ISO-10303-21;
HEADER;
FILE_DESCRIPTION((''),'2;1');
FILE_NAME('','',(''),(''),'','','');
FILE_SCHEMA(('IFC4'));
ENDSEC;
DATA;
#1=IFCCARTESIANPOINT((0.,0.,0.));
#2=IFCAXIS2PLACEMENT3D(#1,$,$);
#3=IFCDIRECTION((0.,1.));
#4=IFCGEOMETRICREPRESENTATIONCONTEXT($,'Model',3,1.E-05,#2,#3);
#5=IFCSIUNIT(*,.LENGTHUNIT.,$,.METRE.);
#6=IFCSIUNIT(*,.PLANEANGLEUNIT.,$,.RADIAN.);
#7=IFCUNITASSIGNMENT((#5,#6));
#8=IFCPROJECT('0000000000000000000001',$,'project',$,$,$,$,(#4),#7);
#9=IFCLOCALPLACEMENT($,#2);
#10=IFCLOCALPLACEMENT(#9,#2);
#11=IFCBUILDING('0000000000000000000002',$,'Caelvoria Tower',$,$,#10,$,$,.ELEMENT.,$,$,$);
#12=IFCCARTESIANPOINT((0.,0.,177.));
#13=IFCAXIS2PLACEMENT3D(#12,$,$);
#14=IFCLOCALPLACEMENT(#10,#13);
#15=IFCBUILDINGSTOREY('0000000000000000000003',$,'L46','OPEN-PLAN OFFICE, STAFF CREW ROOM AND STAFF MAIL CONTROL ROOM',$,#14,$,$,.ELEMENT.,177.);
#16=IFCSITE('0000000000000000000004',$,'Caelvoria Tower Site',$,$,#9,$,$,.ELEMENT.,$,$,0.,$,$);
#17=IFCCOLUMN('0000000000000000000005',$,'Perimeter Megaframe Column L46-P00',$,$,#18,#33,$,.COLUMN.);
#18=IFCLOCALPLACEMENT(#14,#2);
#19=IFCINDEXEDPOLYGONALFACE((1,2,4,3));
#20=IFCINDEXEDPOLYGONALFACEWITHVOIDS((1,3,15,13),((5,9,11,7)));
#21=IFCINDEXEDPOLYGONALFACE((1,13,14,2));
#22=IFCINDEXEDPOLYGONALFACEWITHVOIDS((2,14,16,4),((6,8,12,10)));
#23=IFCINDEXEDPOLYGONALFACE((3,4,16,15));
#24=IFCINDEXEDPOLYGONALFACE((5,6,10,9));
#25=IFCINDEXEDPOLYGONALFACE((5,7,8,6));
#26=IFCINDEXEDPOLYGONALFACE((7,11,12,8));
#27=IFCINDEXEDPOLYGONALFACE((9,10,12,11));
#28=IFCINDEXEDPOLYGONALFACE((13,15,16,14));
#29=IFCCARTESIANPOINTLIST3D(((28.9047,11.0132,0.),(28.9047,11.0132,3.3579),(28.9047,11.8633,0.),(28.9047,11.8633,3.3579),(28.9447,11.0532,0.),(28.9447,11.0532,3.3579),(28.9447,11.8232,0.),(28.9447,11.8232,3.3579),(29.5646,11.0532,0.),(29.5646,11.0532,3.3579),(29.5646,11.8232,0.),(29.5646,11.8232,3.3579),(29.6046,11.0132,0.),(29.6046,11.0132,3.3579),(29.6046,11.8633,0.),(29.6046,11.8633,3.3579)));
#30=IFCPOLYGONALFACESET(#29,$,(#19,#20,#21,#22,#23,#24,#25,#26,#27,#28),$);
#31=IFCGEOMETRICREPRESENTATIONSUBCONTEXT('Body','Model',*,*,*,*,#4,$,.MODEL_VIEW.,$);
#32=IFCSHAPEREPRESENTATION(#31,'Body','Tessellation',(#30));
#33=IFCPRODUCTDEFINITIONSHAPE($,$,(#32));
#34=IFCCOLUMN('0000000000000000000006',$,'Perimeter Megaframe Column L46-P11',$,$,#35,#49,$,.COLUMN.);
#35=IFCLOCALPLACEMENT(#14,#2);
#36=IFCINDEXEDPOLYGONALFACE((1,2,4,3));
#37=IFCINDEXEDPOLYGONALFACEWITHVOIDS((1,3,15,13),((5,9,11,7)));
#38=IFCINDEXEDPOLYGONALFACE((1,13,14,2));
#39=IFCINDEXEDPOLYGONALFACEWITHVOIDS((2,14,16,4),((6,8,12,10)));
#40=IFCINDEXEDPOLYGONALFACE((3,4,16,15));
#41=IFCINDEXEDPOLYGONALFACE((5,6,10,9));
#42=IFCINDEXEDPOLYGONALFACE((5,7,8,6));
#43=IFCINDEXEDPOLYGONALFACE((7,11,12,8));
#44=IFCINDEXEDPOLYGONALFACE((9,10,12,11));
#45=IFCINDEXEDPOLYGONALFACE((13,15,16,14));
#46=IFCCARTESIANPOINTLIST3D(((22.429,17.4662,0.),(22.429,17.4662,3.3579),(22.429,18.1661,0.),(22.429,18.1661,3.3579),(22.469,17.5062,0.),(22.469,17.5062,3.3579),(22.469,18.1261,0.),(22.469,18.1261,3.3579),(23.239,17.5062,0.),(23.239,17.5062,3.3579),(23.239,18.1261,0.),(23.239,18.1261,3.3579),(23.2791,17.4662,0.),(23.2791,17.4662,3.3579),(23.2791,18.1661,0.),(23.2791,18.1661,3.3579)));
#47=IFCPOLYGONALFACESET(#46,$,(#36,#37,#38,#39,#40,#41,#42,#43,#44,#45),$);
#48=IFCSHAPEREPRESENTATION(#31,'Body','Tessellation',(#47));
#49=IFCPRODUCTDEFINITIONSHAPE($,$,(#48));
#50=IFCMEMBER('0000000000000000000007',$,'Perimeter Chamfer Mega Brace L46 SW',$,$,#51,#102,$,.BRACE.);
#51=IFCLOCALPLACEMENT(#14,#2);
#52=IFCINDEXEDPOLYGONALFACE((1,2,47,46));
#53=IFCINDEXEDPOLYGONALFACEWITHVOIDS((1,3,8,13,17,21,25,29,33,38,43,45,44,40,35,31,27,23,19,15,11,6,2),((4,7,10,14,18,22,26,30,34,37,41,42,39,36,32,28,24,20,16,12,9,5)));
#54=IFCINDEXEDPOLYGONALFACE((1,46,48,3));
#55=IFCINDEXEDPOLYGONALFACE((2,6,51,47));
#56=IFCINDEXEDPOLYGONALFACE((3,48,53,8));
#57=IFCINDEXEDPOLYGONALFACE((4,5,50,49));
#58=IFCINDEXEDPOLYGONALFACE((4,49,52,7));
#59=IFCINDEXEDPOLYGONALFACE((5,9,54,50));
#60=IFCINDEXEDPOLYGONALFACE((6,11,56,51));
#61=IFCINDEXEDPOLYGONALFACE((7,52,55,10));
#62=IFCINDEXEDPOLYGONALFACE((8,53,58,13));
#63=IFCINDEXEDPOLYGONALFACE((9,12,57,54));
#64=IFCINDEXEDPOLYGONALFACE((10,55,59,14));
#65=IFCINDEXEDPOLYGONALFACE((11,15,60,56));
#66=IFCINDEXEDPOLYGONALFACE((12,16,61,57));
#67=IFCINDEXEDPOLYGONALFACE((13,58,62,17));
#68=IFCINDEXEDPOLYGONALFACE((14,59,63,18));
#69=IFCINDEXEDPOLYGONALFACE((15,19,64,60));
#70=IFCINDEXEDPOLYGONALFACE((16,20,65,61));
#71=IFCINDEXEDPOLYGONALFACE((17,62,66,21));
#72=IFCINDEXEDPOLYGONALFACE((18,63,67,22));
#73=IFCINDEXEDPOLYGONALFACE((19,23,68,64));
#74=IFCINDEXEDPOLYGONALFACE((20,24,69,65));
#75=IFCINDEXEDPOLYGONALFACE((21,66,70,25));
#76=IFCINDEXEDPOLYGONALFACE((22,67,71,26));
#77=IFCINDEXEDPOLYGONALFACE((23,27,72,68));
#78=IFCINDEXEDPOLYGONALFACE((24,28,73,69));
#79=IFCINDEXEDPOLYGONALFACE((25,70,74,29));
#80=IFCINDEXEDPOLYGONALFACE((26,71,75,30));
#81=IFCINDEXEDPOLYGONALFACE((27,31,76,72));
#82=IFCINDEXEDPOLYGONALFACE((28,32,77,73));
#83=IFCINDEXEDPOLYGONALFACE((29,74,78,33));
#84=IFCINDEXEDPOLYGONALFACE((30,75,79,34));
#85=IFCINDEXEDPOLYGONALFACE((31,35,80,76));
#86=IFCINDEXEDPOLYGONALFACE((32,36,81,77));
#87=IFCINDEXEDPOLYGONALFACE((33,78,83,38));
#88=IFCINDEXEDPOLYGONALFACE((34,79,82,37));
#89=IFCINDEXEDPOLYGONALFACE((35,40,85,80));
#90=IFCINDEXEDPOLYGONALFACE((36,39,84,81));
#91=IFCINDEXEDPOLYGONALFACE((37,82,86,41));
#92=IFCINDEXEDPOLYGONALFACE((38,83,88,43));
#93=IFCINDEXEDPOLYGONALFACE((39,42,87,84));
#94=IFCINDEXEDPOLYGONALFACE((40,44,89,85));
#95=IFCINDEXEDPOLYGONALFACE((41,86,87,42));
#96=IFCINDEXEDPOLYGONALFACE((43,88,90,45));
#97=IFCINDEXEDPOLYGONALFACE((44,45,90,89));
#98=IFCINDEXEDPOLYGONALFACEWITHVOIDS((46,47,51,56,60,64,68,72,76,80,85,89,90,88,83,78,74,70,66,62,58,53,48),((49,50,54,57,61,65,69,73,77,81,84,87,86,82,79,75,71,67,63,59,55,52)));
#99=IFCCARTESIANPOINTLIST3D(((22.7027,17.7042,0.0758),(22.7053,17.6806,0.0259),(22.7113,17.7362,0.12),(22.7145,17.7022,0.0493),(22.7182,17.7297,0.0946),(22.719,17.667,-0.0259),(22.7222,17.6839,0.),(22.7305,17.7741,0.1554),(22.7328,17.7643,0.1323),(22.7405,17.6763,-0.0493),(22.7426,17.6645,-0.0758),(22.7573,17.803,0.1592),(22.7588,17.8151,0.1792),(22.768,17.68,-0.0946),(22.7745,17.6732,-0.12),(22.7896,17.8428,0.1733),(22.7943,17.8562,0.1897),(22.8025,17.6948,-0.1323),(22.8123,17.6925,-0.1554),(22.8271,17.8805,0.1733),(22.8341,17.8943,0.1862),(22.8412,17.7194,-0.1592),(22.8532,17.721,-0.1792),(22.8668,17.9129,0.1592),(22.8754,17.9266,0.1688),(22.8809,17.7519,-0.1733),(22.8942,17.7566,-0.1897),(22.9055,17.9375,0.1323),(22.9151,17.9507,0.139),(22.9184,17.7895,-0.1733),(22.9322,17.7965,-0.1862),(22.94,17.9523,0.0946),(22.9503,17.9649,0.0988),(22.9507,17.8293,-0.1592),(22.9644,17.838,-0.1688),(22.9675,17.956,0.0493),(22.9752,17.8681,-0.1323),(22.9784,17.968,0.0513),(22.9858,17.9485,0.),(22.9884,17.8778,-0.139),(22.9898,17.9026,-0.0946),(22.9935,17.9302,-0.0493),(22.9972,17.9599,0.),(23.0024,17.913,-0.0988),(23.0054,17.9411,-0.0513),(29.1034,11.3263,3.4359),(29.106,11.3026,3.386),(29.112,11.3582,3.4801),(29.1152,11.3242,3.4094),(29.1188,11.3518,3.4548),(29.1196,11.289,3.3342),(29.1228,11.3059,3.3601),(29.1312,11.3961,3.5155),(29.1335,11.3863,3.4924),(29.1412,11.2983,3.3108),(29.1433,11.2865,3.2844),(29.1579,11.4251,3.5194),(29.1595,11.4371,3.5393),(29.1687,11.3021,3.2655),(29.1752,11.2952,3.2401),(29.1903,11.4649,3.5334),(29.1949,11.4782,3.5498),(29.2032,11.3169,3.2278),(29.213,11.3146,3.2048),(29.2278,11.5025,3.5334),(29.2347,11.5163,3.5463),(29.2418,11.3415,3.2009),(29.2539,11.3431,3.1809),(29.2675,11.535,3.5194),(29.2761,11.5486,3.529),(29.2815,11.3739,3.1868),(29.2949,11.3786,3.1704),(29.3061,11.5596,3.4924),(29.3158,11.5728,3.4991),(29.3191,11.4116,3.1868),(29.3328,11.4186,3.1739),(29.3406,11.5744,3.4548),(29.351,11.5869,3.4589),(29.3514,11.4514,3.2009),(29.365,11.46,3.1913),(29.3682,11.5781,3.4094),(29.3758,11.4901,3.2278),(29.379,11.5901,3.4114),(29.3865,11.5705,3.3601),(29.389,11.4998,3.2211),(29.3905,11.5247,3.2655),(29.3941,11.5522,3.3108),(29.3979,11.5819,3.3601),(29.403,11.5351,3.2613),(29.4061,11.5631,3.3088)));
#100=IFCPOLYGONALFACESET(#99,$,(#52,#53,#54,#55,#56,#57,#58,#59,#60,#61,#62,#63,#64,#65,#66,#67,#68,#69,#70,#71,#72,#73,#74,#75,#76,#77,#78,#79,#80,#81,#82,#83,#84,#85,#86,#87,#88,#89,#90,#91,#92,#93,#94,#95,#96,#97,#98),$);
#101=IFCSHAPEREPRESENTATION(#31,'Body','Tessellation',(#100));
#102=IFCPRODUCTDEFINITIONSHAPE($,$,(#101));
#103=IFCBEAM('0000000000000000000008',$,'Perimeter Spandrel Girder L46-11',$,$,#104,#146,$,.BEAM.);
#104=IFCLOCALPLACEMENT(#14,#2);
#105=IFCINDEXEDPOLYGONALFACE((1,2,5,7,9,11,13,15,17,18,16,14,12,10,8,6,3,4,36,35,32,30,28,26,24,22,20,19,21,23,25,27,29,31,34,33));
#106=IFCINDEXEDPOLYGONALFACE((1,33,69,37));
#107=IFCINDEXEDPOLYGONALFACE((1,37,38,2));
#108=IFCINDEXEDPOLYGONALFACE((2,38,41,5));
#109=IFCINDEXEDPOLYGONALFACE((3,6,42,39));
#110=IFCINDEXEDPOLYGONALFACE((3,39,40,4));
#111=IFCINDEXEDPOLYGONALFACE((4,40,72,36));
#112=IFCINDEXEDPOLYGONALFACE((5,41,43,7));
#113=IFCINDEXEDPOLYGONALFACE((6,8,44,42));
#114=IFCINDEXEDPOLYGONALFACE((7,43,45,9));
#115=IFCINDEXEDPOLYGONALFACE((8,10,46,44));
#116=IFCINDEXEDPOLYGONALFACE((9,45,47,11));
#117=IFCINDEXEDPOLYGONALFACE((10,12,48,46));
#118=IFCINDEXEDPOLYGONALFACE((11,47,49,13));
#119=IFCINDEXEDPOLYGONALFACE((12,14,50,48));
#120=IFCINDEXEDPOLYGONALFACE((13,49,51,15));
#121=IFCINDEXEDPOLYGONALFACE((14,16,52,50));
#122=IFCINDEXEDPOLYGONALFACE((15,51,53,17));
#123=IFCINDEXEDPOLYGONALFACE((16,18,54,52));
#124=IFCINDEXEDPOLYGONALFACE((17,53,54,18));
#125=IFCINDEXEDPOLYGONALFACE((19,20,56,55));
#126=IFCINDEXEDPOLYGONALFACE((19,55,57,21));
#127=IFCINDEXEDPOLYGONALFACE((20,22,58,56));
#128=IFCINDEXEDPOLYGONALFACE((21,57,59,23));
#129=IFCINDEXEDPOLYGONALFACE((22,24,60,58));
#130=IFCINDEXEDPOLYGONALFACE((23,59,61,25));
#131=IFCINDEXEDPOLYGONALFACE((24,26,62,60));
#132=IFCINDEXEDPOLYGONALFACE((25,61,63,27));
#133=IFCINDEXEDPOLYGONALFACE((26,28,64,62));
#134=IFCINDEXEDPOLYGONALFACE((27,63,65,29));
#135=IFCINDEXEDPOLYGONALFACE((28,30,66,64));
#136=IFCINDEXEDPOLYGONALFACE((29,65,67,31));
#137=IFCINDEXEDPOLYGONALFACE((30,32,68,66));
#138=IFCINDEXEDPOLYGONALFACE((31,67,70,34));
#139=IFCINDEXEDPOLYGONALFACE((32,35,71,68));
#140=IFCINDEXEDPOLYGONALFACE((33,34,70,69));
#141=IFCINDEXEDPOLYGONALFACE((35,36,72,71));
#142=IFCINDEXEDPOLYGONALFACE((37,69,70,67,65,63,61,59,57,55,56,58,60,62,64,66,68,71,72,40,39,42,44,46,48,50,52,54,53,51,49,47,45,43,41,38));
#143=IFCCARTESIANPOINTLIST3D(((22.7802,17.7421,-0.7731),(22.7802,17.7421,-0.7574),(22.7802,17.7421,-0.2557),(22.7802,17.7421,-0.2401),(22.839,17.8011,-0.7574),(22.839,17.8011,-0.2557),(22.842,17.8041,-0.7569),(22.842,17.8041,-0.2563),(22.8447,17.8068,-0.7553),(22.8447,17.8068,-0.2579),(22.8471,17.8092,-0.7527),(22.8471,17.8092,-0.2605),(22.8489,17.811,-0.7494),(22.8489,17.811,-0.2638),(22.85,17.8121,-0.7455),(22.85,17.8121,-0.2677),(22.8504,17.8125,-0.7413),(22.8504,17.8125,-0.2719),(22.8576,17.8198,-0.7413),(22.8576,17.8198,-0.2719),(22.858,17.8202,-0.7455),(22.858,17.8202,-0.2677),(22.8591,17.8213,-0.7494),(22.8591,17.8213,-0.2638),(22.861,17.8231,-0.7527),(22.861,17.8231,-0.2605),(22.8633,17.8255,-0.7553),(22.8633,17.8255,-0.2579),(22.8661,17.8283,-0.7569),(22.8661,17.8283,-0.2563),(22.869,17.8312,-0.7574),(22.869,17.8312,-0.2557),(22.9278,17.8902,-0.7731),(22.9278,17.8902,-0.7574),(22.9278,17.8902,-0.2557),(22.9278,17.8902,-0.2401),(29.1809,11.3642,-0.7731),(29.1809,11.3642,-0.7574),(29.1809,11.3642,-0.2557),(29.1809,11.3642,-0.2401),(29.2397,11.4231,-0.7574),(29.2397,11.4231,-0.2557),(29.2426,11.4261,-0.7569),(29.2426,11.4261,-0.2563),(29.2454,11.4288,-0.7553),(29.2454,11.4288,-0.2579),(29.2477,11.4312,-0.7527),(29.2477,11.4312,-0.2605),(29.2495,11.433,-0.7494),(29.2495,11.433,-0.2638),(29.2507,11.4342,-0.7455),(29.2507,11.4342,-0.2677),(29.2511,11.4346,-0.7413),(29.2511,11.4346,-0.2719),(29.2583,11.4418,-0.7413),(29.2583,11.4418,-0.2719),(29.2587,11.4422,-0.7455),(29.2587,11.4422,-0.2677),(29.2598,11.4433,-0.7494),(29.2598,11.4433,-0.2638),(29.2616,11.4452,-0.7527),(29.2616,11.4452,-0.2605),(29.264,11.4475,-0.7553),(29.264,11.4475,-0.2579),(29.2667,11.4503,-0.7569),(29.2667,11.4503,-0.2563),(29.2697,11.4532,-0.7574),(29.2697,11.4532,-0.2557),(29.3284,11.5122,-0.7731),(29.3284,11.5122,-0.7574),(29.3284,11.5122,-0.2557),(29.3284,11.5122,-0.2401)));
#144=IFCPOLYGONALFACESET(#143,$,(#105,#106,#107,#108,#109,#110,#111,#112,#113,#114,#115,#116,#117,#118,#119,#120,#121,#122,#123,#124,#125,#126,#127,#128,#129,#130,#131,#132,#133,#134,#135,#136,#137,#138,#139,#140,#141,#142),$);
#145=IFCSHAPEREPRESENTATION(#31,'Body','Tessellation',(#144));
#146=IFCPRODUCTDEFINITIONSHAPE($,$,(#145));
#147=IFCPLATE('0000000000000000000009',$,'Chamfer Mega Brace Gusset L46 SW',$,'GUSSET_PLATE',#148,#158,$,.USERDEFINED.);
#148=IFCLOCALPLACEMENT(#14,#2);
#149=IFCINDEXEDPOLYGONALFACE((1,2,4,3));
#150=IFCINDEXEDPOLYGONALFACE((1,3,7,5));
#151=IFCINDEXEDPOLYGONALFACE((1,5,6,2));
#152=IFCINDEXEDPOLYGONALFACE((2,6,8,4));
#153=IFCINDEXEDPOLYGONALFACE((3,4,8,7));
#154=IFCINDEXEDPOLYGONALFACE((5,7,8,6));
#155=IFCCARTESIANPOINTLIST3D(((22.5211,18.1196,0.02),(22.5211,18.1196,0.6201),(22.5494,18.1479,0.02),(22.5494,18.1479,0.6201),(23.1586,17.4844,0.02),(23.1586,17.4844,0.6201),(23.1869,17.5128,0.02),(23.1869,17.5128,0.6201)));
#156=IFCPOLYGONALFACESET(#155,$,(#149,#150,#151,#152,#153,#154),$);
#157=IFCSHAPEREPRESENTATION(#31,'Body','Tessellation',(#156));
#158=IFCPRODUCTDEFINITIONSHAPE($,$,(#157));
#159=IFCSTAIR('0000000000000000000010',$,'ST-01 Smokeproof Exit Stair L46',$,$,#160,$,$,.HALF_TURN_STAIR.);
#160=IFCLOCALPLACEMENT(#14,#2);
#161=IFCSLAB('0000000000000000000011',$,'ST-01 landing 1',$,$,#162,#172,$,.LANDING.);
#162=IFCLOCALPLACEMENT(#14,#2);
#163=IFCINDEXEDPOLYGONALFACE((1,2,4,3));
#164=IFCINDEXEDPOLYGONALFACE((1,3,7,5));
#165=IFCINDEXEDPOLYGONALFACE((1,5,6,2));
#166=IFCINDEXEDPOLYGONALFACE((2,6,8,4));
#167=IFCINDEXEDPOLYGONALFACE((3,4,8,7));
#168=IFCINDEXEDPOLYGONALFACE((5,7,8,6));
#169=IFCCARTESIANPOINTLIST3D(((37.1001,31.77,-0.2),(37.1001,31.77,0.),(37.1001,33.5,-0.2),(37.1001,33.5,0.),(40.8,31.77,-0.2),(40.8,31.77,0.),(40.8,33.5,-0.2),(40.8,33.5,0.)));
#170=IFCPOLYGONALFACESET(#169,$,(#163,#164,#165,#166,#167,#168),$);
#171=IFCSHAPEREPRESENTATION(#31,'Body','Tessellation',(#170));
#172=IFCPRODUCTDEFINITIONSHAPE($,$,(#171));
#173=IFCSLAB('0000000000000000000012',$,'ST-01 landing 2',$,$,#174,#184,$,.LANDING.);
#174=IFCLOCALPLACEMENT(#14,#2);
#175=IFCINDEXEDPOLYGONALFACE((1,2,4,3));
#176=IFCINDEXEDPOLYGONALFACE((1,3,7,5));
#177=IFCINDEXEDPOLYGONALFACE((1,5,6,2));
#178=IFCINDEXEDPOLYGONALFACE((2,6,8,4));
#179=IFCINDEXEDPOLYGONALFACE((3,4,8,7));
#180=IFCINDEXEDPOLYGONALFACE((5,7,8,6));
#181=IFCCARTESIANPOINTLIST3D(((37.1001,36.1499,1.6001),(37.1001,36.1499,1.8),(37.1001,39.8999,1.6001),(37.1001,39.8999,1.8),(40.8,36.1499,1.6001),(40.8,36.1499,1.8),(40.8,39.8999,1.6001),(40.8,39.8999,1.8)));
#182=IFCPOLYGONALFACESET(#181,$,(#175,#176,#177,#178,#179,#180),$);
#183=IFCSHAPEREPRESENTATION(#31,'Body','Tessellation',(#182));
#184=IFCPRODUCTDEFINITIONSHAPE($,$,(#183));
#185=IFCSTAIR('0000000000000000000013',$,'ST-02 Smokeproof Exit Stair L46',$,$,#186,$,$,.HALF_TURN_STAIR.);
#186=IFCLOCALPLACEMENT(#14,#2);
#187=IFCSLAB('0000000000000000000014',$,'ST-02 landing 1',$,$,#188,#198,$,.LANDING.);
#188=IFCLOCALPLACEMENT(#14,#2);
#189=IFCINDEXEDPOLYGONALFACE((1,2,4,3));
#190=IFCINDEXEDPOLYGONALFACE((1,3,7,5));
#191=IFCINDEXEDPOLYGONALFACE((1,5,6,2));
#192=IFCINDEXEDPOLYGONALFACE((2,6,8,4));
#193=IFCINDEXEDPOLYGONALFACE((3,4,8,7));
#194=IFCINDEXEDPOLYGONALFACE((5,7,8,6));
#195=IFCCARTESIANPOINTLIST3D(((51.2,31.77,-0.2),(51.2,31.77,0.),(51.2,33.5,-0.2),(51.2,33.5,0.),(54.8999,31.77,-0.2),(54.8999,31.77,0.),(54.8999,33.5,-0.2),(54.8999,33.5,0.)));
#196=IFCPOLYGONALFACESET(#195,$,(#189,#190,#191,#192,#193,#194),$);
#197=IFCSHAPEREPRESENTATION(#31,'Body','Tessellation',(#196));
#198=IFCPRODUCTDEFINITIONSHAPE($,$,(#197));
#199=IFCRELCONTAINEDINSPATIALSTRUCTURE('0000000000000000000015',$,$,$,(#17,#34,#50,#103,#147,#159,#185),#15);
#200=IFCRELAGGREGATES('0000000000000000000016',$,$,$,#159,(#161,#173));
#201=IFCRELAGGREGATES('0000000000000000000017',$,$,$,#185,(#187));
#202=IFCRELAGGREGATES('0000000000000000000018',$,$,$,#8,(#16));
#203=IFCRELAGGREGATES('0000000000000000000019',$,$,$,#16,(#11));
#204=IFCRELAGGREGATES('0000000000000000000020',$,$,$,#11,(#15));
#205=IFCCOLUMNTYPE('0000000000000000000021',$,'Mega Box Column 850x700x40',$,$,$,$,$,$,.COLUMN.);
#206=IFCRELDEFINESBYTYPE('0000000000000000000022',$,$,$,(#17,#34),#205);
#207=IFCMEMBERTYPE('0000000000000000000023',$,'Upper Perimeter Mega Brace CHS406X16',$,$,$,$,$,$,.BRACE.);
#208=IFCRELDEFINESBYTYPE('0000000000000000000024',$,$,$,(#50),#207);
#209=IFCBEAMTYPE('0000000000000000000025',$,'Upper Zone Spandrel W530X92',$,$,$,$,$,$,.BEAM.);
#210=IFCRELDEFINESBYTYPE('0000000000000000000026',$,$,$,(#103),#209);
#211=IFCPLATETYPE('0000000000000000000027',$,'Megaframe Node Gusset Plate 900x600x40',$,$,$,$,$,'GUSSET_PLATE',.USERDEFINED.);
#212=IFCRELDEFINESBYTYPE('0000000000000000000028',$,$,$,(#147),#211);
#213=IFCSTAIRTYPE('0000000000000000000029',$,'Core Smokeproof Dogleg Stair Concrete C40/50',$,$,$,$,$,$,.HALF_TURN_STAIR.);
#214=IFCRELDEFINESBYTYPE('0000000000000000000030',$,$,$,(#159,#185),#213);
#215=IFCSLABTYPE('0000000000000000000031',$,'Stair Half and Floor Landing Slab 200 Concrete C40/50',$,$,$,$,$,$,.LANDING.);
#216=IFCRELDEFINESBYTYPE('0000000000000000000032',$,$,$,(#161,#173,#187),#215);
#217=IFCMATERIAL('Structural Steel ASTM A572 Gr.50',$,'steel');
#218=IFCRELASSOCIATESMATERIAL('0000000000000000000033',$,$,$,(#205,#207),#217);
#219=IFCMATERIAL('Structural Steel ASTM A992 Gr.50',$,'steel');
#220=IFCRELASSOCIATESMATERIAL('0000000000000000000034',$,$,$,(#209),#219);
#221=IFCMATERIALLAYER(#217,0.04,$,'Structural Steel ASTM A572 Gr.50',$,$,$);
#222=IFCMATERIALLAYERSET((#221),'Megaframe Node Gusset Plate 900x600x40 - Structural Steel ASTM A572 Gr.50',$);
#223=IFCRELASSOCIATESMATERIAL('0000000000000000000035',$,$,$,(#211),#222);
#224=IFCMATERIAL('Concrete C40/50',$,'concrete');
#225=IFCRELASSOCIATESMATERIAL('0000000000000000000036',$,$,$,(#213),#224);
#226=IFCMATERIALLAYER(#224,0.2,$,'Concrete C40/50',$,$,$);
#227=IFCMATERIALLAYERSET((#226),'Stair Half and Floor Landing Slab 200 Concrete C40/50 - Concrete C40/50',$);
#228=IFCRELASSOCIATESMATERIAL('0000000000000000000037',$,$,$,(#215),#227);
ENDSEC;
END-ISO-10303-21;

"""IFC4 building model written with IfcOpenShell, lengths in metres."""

from ifc_helpers import new_model, si_unit, direction, frame, origin, origin_2d, place, context, subcontext, project, spatial, polyline, rectangle, hollow_rectangle, hollow_circle, i_section, outline, extrude, material, layer, layer_set, material_profile, profile_set, type_object, element, aggregate, save


model = new_model("IFC4")

# Units and contexts
model_context = context("Model", 3, precision=1e-05, world=origin(), true_north=direction((0.0, 1.0)))
body_context = subcontext(model_context, "Body", "Model", "MODEL_VIEW")
ifc_project = project(units=[si_unit("LENGTHUNIT", "METRE"), si_unit("PLANEANGLEUNIT", "RADIAN")], contexts=[model_context])

# Site, building, storey
site_placement = place(None, origin())
site = spatial("IfcSite", under=ifc_project, at=site_placement, Name="Caelvoria Tower Site", CompositionType="ELEMENT", RefElevation=0.0)
building_placement = place(site_placement, origin())
building = spatial("IfcBuilding", under=site, at=building_placement, Name="Caelvoria Tower", CompositionType="ELEMENT")
storey_placement = place(building_placement, frame((0.0, 0.0, 177.0)))
storey = spatial("IfcBuildingStorey", under=building, at=storey_placement, Name="L46", Description="OPEN-PLAN OFFICE, STAFF CREW ROOM AND STAFF MAIL CONTROL ROOM", CompositionType="ELEMENT", Elevation=177.0)

# Columns
ifc_material_1 = material(Name="Structural Steel ASTM A572 Gr.50", Category="steel")
ifc_material_profile_1 = material_profile(ifc_material_1, hollow_rectangle(XDim=0.7, YDim=0.8501, WallThickness=0.04, at=origin_2d()), Name="Structural Steel ASTM A572 Gr.50")
ifc_profile_set_1 = profile_set([ifc_material_profile_1], Name="BOX850X700X40 - Structural Steel ASTM A572 Gr.50")
column_type = type_object("IfcColumnType", Name="Mega Box Column 850x700x40", PredefinedType="COLUMN", material=ifc_profile_set_1)
for number, where, z_axis, x_axis, name in (
    (1, (29.2546, 11.4382, 0.0), (0.0, 0.0, 1.0), (1.0, 0.0, 0.0), "Perimeter Megaframe Column L46-P00"),
    (2, (22.854, 17.8162, 0.0), (0.0, 0.0, 1.0), (0.0, 1.0, 0.0), "Perimeter Megaframe Column L46-P11"),
):
    element("IfcColumn", number, at=place(storey_placement, frame(where, z_axis=z_axis, x_axis=x_axis)), inside=storey, type_object=column_type, Name=name, PredefinedType="COLUMN", context=body_context, shape_type="SweptSolid", body=[
        extrude(hollow_rectangle(XDim=0.7, YDim=0.8501, WallThickness=0.04, at=origin_2d()), origin(), (0.0, 0.0, 1.0), 3.3579),
    ])

# Member
ifc_material_profile_2 = material_profile(ifc_material_1, hollow_circle(Radius=0.2029, WallThickness=0.0161, at=origin_2d()), Name="Structural Steel ASTM A572 Gr.50")
ifc_profile_set_2 = profile_set([ifc_material_profile_2], Name="CHS406X16 - Structural Steel ASTM A572 Gr.50")
member_type = type_object("IfcMemberType", Name="Upper Perimeter Mega Brace CHS406X16", PredefinedType="BRACE", material=ifc_profile_set_2)
member_placement = place(storey_placement, frame((22.854, 17.8162, 0.0), z_axis=(0.663942, -0.661587, 0.348546), x_axis=(0.705849, 0.708362, 0.0)))
element("IfcMember", 3, at=member_placement, inside=storey, type_object=member_type, Name="Perimeter Chamfer Mega Brace L46 SW", PredefinedType="BRACE", context=body_context, shape_type="SweptSolid", body=[
    extrude(hollow_circle(Radius=0.2029, WallThickness=0.0161, at=origin_2d()), origin(), (0.0, 0.0, 1.0), 9.6404),
])

# Beam
ifc_material_2 = material(Name="Structural Steel ASTM A992 Gr.50", Category="steel")
ifc_material_profile_3 = material_profile(ifc_material_2, i_section(OverallWidth=0.209, OverallDepth=0.533, WebThickness=0.0103, FlangeThickness=0.0156, FilletRadius=0.0161, at=origin_2d()), Name="Structural Steel ASTM A992 Gr.50")
ifc_profile_set_3 = profile_set([ifc_material_profile_3], Name="W530X92 - Structural Steel ASTM A992 Gr.50")
beam_type = type_object("IfcBeamType", Name="Upper Zone Spandrel W530X92", PredefinedType="BEAM", material=ifc_profile_set_3)
beam_placement = place(storey_placement, frame((22.854, 17.8162, -0.5066), z_axis=(0.708362, -0.705849, 0.0), x_axis=(0.705849, 0.708362, 0.0)))
element("IfcBeam", 4, at=beam_placement, inside=storey, type_object=beam_type, Name="Perimeter Spandrel Girder L46-11", PredefinedType="BEAM", context=body_context, shape_type="SweptSolid", body=[
    extrude(i_section(OverallWidth=0.209, OverallDepth=0.533, WebThickness=0.0103, FlangeThickness=0.0156, FilletRadius=0.0161, at=origin_2d()), origin(), (0.0, 0.0, 1.0), 9.0359),
])

# Plate
ifc_layer_1 = layer(ifc_material_1, 0.04, Name="Structural Steel ASTM A572 Gr.50")
ifc_layer_set_1 = layer_set([ifc_layer_1], Name="Megaframe Node Gusset Plate 900x600x40 - Structural Steel ASTM A572 Gr.50")
plate_type = type_object("IfcPlateType", Name="Megaframe Node Gusset Plate 900x600x40", ElementType="GUSSET_PLATE", PredefinedType="USERDEFINED", material=ifc_layer_set_1)
plate_placement = place(storey_placement, frame((22.854, 17.8162, 0.02), z_axis=(0.0, 0.0, 1.0), x_axis=(0.708373, -0.705838, 0.0)))
element("IfcPlate", 5, at=plate_placement, inside=storey, type_object=plate_type, Name="Chamfer Mega Brace Gusset L46 SW", ObjectType="GUSSET_PLATE", PredefinedType="USERDEFINED", context=body_context, shape_type="SweptSolid", body=[
    extrude(rectangle(XDim=0.8999, YDim=0.04, at=origin_2d()), origin(), (0.0, 0.0, 1.0), 0.6001),
])

# Stairs, slabs
ifc_material_3 = material(Name="Concrete C40/50", Category="concrete")
stair_type = type_object("IfcStairType", Name="Core Smokeproof Dogleg Stair Concrete C40/50", PredefinedType="HALF_TURN_STAIR", material=ifc_material_3)
stair_1_placement = place(storey_placement, origin())
stair_1 = element("IfcStair", 6, at=stair_1_placement, inside=storey, type_object=stair_type, Name="ST-01 Smokeproof Exit Stair L46", PredefinedType="HALF_TURN_STAIR")
ifc_layer_2 = layer(ifc_material_3, 0.2, Name="Concrete C40/50")
ifc_layer_set_2 = layer_set([ifc_layer_2], Name="Stair Half and Floor Landing Slab 200 Concrete C40/50 - Concrete C40/50")
slab_type_1 = type_object("IfcSlabType", Name="Stair Half and Floor Landing Slab 200 Concrete C40/50", PredefinedType="LANDING", material=ifc_layer_set_2)
slab_1_placement = place(storey_placement, frame((0.0, 0.0, -0.2)))
slab_1 = element("IfcSlab", 7, at=slab_1_placement, type_object=slab_type_1, Name="ST-01 landing 1", PredefinedType="LANDING", context=body_context, shape_type="SweptSolid", body=[
    extrude(outline(polyline([(37.1001, 31.77), (40.8, 31.77), (40.8, 33.5), (37.1001, 33.5), (37.1001, 31.77)])), origin(), (0.0, 0.0, 1.0), 0.2),
])
slab_2_placement = place(storey_placement, frame((0.0, 0.0, 1.6001)))
slab_2 = element("IfcSlab", 8, at=slab_2_placement, type_object=slab_type_1, Name="ST-01 landing 2", PredefinedType="LANDING", context=body_context, shape_type="SweptSolid", body=[
    extrude(outline(polyline([(37.1001, 36.1499), (40.8, 36.1499), (40.8, 39.8999), (37.1001, 39.8999), (37.1001, 36.1499)])), origin(), (0.0, 0.0, 1.0), 0.2),
])
aggregate(stair_1, [slab_1, slab_2])
stair_2_placement = place(storey_placement, origin())
stair_2 = element("IfcStair", 9, at=stair_2_placement, inside=storey, type_object=stair_type, Name="ST-02 Smokeproof Exit Stair L46", PredefinedType="HALF_TURN_STAIR")
slab_3_placement = place(storey_placement, frame((0.0, 0.0, -0.2)))
slab_3 = element("IfcSlab", 10, at=slab_3_placement, type_object=slab_type_1, Name="ST-02 landing 1", PredefinedType="LANDING", context=body_context, shape_type="SweptSolid", body=[
    extrude(outline(polyline([(51.2, 31.77), (54.8999, 31.77), (54.8999, 33.5), (51.2, 33.5), (51.2, 31.77)])), origin(), (0.0, 0.0, 1.0), 0.2),
])
aggregate(stair_2, [slab_3])

save(model, "model.ifc")
